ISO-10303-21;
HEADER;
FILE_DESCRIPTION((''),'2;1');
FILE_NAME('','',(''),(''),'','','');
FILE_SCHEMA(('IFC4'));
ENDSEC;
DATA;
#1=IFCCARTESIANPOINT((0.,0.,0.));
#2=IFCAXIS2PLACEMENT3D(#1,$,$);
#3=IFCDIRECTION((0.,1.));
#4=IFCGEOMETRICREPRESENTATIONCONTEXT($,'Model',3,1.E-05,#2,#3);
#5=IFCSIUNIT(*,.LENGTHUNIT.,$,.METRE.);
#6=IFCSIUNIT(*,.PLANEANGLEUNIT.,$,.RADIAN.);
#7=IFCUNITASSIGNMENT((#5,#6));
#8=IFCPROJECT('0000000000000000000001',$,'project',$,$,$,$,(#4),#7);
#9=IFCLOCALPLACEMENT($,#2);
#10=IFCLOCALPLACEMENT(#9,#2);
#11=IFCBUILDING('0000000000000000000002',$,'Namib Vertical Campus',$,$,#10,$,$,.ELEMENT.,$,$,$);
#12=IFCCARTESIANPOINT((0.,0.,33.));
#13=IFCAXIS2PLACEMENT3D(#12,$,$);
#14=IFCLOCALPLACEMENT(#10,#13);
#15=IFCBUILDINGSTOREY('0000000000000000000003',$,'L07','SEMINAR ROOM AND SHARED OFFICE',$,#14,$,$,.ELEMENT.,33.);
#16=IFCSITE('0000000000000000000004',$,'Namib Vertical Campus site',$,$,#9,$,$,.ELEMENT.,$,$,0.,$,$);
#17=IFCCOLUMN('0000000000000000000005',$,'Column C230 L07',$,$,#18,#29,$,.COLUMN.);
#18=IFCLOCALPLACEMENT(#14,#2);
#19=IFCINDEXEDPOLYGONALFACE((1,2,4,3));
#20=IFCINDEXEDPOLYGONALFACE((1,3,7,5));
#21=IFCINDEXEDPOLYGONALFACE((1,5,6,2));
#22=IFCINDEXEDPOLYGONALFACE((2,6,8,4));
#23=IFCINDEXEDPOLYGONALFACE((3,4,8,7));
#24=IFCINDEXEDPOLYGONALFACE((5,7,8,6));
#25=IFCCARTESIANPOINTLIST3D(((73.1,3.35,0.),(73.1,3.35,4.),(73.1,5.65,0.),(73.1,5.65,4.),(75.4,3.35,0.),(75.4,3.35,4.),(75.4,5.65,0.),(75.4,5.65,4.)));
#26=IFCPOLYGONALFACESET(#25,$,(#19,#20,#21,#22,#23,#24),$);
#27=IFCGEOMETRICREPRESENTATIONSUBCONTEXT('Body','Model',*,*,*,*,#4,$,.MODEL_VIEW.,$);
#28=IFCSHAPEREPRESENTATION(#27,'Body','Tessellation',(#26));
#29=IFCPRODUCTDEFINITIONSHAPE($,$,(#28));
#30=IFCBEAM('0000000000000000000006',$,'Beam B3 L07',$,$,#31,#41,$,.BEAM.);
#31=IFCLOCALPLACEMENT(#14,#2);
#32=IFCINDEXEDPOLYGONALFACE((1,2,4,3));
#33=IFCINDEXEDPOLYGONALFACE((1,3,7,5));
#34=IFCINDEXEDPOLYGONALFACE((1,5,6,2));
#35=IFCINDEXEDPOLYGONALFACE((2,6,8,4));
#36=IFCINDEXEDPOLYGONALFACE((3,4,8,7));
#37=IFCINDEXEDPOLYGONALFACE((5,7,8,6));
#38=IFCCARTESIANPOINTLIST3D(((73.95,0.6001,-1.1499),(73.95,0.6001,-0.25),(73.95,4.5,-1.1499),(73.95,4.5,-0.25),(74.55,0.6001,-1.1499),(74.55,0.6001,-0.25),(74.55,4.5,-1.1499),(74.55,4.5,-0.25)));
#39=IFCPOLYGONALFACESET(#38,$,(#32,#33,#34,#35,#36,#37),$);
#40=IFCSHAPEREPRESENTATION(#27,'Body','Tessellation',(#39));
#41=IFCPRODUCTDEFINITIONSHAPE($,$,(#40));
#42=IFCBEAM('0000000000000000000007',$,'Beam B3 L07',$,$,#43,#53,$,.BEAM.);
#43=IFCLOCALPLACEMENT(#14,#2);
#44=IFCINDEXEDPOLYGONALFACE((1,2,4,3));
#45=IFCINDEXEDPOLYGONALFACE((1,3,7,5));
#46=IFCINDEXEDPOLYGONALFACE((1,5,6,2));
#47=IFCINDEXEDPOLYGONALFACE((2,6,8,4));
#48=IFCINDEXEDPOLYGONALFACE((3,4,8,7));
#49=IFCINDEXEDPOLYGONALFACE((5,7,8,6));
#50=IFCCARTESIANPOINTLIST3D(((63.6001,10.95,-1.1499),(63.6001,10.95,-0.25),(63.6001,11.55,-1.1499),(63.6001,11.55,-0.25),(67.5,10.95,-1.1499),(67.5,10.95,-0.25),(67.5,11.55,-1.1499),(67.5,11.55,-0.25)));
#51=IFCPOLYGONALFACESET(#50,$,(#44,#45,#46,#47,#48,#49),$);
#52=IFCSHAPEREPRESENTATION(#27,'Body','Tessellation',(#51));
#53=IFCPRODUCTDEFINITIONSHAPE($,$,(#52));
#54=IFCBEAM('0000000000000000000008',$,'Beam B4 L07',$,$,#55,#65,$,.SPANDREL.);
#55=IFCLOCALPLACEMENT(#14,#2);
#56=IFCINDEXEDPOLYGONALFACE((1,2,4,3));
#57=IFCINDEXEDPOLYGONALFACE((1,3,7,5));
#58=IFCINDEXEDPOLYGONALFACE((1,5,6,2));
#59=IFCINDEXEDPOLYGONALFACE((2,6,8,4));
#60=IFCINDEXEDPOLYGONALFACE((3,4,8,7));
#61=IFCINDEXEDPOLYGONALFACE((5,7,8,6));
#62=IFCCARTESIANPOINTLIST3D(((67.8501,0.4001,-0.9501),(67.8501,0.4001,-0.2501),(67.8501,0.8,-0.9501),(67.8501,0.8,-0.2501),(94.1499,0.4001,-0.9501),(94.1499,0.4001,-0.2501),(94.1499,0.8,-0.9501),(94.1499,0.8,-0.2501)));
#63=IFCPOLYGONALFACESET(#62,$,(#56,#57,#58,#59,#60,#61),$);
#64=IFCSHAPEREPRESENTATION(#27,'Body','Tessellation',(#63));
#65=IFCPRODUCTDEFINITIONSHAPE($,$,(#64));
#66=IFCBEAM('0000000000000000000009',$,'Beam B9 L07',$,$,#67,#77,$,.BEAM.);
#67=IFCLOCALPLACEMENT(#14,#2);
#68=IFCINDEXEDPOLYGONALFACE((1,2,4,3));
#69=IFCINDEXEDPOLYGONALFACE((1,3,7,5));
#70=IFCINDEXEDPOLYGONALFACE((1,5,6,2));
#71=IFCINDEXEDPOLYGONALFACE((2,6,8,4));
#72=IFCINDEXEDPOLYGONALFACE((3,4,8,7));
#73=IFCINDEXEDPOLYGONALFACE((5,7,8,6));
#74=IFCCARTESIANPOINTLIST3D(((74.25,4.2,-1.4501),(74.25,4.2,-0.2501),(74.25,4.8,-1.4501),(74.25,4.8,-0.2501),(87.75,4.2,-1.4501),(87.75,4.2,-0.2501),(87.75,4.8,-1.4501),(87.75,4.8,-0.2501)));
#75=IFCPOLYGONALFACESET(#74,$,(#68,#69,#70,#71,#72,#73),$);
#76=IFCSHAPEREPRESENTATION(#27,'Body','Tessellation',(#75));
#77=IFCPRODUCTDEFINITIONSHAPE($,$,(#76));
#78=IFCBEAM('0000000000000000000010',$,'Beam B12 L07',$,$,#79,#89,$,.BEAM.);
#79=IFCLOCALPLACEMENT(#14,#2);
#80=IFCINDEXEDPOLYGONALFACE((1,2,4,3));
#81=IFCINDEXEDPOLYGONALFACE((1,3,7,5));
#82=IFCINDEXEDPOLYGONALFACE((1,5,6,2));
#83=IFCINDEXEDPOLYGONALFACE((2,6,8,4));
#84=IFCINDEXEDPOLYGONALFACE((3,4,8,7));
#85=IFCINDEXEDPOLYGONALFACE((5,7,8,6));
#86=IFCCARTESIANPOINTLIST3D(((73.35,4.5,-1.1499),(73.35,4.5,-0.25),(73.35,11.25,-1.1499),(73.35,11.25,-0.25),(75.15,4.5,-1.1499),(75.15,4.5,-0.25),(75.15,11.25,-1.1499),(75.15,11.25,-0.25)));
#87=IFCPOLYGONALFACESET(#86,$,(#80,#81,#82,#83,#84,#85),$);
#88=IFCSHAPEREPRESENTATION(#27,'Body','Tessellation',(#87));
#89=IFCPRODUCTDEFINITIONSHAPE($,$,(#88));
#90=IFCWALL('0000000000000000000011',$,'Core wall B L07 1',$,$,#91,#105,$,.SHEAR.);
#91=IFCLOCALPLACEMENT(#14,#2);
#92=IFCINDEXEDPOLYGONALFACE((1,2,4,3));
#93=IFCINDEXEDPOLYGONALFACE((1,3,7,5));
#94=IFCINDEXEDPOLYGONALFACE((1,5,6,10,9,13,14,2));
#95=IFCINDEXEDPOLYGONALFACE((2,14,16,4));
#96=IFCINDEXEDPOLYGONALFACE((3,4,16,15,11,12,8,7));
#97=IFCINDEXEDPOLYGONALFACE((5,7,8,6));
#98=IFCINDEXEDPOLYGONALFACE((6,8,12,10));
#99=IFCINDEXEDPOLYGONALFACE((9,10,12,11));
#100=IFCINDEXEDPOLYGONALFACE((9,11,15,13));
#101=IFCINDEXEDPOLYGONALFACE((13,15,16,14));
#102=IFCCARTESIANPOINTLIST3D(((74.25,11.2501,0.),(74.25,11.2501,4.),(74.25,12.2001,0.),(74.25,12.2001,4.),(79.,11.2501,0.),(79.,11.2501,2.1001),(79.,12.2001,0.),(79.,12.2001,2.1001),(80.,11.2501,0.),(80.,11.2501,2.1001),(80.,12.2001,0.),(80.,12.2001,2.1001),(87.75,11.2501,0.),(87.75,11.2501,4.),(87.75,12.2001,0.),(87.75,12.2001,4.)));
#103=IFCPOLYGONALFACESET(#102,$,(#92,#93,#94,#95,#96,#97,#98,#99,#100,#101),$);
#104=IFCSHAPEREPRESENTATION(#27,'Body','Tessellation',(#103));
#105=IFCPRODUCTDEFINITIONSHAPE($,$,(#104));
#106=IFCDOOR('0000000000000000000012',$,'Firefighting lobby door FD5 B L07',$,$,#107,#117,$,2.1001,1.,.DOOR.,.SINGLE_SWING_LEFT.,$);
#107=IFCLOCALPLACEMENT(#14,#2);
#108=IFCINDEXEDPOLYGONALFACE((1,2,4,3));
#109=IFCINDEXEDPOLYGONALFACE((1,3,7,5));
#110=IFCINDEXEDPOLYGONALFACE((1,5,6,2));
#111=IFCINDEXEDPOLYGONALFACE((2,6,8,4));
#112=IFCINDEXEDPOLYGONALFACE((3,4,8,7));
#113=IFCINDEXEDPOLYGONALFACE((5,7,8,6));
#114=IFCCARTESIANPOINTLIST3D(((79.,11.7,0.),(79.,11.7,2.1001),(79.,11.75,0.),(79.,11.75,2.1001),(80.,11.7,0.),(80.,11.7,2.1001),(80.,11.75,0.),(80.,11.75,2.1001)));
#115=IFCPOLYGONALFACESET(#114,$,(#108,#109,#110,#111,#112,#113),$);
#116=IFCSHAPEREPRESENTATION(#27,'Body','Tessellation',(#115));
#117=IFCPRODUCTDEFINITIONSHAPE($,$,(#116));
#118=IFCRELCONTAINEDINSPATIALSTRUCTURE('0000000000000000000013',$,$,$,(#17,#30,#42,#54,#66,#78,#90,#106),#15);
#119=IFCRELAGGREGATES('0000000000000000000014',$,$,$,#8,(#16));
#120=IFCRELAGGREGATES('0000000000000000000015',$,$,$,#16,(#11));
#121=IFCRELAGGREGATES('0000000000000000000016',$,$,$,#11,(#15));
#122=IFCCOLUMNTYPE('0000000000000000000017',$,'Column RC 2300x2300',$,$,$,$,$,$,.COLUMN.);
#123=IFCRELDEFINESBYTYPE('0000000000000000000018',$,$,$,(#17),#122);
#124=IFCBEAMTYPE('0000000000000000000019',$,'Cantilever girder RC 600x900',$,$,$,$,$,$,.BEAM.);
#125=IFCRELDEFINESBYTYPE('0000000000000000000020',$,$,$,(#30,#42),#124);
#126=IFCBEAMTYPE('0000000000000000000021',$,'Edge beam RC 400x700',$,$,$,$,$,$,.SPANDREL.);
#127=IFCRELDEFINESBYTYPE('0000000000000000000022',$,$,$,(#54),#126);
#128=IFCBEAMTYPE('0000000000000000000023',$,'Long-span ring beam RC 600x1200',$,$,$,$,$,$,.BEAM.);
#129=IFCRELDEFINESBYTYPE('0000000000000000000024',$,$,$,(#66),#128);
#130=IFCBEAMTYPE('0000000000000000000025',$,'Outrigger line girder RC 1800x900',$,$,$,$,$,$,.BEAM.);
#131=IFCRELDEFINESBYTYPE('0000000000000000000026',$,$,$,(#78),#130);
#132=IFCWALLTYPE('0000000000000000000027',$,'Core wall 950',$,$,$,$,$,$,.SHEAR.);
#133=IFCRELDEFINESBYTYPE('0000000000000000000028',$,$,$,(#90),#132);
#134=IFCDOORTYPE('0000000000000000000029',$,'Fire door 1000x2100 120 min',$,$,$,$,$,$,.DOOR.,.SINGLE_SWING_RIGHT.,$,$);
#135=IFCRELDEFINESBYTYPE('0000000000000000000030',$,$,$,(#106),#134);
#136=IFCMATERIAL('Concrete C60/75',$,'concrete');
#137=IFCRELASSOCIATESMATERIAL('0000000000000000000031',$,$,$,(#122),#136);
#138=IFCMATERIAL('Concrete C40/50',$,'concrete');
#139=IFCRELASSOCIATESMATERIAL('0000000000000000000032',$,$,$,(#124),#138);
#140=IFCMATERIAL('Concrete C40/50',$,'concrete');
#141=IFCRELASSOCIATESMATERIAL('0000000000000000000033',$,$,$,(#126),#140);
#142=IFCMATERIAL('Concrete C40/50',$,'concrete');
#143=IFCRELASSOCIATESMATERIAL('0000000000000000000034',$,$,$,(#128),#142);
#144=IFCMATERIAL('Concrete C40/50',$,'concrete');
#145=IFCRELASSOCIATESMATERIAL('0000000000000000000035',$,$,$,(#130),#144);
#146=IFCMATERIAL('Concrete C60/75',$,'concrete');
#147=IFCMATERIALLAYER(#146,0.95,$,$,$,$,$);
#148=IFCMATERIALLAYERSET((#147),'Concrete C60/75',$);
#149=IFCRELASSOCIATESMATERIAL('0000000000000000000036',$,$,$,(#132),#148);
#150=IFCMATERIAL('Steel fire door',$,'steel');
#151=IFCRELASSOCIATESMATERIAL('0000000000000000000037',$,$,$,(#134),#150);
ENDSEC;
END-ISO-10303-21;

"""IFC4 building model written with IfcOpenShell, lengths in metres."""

from ifc_helpers import new_model, si_unit, direction, frame, frame_2d, origin, origin_2d, place, context, subcontext, project, spatial, rectangle, extrude, material, layer, layer_set, material_profile, profile_set, type_object, element, fill, save


model = new_model("IFC4")

# Units and contexts
model_context = context("Model", 3, precision=1e-05, world=origin(), true_north=direction((0.0, 1.0)))
body_context = subcontext(model_context, "Body", "Model", "MODEL_VIEW")
ifc_project = project(units=[si_unit("LENGTHUNIT", "METRE"), si_unit("PLANEANGLEUNIT", "RADIAN")], contexts=[model_context])

# Site, building, storey
site_placement = place(None, origin())
site = spatial("IfcSite", under=ifc_project, at=site_placement, Name="Namib Vertical Campus site", CompositionType="ELEMENT", RefElevation=0.0)
building_placement = place(site_placement, origin())
building = spatial("IfcBuilding", under=site, at=building_placement, Name="Namib Vertical Campus", CompositionType="ELEMENT")
storey_placement = place(building_placement, frame((0.0, 0.0, 33.0)))
storey = spatial("IfcBuildingStorey", under=building, at=storey_placement, Name="L07", Description="SEMINAR ROOM AND SHARED OFFICE", CompositionType="ELEMENT", Elevation=33.0)

# Column
ifc_material_1 = material(Name="Concrete C60/75", Category="concrete")
ifc_material_profile_1 = material_profile(ifc_material_1, rectangle(XDim=2.3, YDim=2.3, at=origin_2d()))
ifc_profile_set_1 = profile_set([ifc_material_profile_1], Name="Concrete C60/75")
column_type = type_object("IfcColumnType", Name="Column RC 2300x2300", PredefinedType="COLUMN", material=ifc_profile_set_1)
column_placement = place(storey_placement, frame((74.25, 4.5, 0.0), z_axis=(0.0, 0.0, 1.0), x_axis=(1.0, 0.0, 0.0)))
element("IfcColumn", 1, at=column_placement, inside=storey, type_object=column_type, Name="Column C230 L07", PredefinedType="COLUMN", context=body_context, shape_type="SweptSolid", body=[
    extrude(rectangle(XDim=2.3, YDim=2.3, at=origin_2d()), origin(), (0.0, 0.0, 1.0), 4.0),
])

# Beams
ifc_material_2 = material(Name="Concrete C40/50", Category="concrete")
ifc_material_profile_2 = material_profile(ifc_material_2, rectangle(XDim=0.6001, YDim=0.8999, at=origin_2d()))
ifc_profile_set_2 = profile_set([ifc_material_profile_2], Name="Concrete C40/50")
beam_type_1 = type_object("IfcBeamType", Name="Cantilever girder RC 600x900", PredefinedType="BEAM", material=ifc_profile_set_2)
for number, where, z_axis, x_axis, name in (
    (2, (74.25, 4.5, -0.7), (0.0, -1.0, 0.0), (1.0, 0.0, 0.0), "Beam B3 L07"),
    (3, (67.5, 11.25, -0.7), (-1.0, 0.0, 0.0), (0.0, -1.0, 0.0), "Beam B3 L07"),
):
    element("IfcBeam", number, at=place(storey_placement, frame(where, z_axis=z_axis, x_axis=x_axis)), inside=storey, type_object=beam_type_1, Name=name, PredefinedType="BEAM", context=body_context, shape_type="SweptSolid", body=[
        extrude(rectangle(XDim=0.6001, YDim=0.8999, at=origin_2d()), origin(), (0.0, 0.0, 1.0), 3.8999),
    ])
ifc_material_3 = material(Name="Concrete C40/50", Category="concrete")
ifc_material_profile_3 = material_profile(ifc_material_3, rectangle(XDim=0.3999, YDim=0.7, at=origin_2d()))
ifc_profile_set_3 = profile_set([ifc_material_profile_3], Name="Concrete C40/50")
beam_type_2 = type_object("IfcBeamType", Name="Edge beam RC 400x700", PredefinedType="SPANDREL", material=ifc_profile_set_3)
beam_1_placement = place(storey_placement, frame((67.8501, 0.6001, -0.6001), z_axis=(1.0, 0.0, 0.0), x_axis=(0.0, 1.0, 0.0)))
element("IfcBeam", 4, at=beam_1_placement, inside=storey, type_object=beam_type_2, Name="Beam B4 L07", PredefinedType="SPANDREL", context=body_context, shape_type="SweptSolid", body=[
    extrude(rectangle(XDim=0.3999, YDim=0.7, at=origin_2d()), origin(), (0.0, 0.0, 1.0), 26.2998),
])
ifc_material_4 = material(Name="Concrete C40/50", Category="concrete")
ifc_material_profile_4 = material_profile(ifc_material_4, rectangle(XDim=0.6001, YDim=1.2, at=origin_2d()))
ifc_profile_set_4 = profile_set([ifc_material_profile_4], Name="Concrete C40/50")
beam_type_3 = type_object("IfcBeamType", Name="Long-span ring beam RC 600x1200", PredefinedType="BEAM", material=ifc_profile_set_4)
beam_2_placement = place(storey_placement, frame((74.25, 4.5, -0.8501), z_axis=(1.0, 0.0, 0.0), x_axis=(0.0, 1.0, 0.0)))
element("IfcBeam", 5, at=beam_2_placement, inside=storey, type_object=beam_type_3, Name="Beam B9 L07", PredefinedType="BEAM", context=body_context, shape_type="SweptSolid", body=[
    extrude(rectangle(XDim=0.6001, YDim=1.2, at=origin_2d()), origin(), (0.0, 0.0, 1.0), 13.5),
])
ifc_material_5 = material(Name="Concrete C40/50", Category="concrete")
ifc_material_profile_5 = material_profile(ifc_material_5, rectangle(XDim=1.8, YDim=0.8999, at=origin_2d()))
ifc_profile_set_5 = profile_set([ifc_material_profile_5], Name="Concrete C40/50")
beam_type_4 = type_object("IfcBeamType", Name="Outrigger line girder RC 1800x900", PredefinedType="BEAM", material=ifc_profile_set_5)
beam_3_placement = place(storey_placement, frame((74.25, 4.5, -0.7), z_axis=(0.0, 1.0, 0.0), x_axis=(-1.0, 0.0, 0.0)))
element("IfcBeam", 6, at=beam_3_placement, inside=storey, type_object=beam_type_4, Name="Beam B12 L07", PredefinedType="BEAM", context=body_context, shape_type="SweptSolid", body=[
    extrude(rectangle(XDim=1.8, YDim=0.8999, at=origin_2d()), origin(), (0.0, 0.0, 1.0), 6.75),
])

# Wall, opening, door
ifc_material_6 = material(Name="Concrete C60/75", Category="concrete")
ifc_layer_1 = layer(ifc_material_6, 0.95)
ifc_layer_set_1 = layer_set([ifc_layer_1], Name="Concrete C60/75")
wall_type_1 = type_object("IfcWallType", Name="Core wall 950", PredefinedType="SHEAR", material=ifc_layer_set_1)
wall_1_placement = place(storey_placement, frame((74.25, 11.7251, 0.0), z_axis=(0.0, 0.0, 1.0), x_axis=(1.0, 0.0, 0.0)))
wall_1 = element("IfcWall", 7, at=wall_1_placement, inside=storey, type_object=wall_type_1, Name="Core wall B L07 1", PredefinedType="SHEAR", context=body_context, shape_type="SweptSolid", body=[
    extrude(rectangle(XDim=13.5, YDim=0.95, at=frame_2d((6.75, 0.0))), origin(), (0.0, 0.0, 1.0), 4.0),
])
opening_1_placement = place(wall_1_placement, frame((4.75, 0.0, 0.0)))
opening_1 = element("IfcOpeningElement", 8, at=opening_1_placement, cuts=wall_1, PredefinedType="OPENING", context=body_context, shape_type="SweptSolid", body=[
    extrude(rectangle(XDim=1.0, YDim=2.1001, at=frame_2d((0.5, 1.05))), frame((0.0, 0.4849, 0.0), z_axis=(0.0, -1.0, 0.0), x_axis=(1.0, 0.0, 0.0)), (0.0, 0.0, 1.0), 0.97),
])
ifc_material_7 = material(Name="Steel fire door", Category="steel")
door_type_1 = type_object("IfcDoorType", Name="Fire door 1000x2100 120 min", OperationType="SINGLE_SWING_RIGHT", PredefinedType="DOOR", material=ifc_material_7)
door_1_placement = place(opening_1_placement, origin())
door_1 = element("IfcDoor", 9, at=door_1_placement, inside=storey, type_object=door_type_1, Name="Firefighting lobby door FD5 B L07", OperationType="SINGLE_SWING_LEFT", OverallHeight=2.1001, OverallWidth=1.0, PredefinedType="DOOR", context=body_context, shape_type="SweptSolid", body=[
    extrude(rectangle(XDim=1.0, YDim=2.1001, at=frame_2d((0.5, 1.05))), frame((0.0, 0.0249, 0.0), z_axis=(0.0, -1.0, 0.0), x_axis=(1.0, 0.0, 0.0)), (0.0, 0.0, 1.0), 0.05),
])
fill(opening_1, door_1)

save(model, "model.ifc")
